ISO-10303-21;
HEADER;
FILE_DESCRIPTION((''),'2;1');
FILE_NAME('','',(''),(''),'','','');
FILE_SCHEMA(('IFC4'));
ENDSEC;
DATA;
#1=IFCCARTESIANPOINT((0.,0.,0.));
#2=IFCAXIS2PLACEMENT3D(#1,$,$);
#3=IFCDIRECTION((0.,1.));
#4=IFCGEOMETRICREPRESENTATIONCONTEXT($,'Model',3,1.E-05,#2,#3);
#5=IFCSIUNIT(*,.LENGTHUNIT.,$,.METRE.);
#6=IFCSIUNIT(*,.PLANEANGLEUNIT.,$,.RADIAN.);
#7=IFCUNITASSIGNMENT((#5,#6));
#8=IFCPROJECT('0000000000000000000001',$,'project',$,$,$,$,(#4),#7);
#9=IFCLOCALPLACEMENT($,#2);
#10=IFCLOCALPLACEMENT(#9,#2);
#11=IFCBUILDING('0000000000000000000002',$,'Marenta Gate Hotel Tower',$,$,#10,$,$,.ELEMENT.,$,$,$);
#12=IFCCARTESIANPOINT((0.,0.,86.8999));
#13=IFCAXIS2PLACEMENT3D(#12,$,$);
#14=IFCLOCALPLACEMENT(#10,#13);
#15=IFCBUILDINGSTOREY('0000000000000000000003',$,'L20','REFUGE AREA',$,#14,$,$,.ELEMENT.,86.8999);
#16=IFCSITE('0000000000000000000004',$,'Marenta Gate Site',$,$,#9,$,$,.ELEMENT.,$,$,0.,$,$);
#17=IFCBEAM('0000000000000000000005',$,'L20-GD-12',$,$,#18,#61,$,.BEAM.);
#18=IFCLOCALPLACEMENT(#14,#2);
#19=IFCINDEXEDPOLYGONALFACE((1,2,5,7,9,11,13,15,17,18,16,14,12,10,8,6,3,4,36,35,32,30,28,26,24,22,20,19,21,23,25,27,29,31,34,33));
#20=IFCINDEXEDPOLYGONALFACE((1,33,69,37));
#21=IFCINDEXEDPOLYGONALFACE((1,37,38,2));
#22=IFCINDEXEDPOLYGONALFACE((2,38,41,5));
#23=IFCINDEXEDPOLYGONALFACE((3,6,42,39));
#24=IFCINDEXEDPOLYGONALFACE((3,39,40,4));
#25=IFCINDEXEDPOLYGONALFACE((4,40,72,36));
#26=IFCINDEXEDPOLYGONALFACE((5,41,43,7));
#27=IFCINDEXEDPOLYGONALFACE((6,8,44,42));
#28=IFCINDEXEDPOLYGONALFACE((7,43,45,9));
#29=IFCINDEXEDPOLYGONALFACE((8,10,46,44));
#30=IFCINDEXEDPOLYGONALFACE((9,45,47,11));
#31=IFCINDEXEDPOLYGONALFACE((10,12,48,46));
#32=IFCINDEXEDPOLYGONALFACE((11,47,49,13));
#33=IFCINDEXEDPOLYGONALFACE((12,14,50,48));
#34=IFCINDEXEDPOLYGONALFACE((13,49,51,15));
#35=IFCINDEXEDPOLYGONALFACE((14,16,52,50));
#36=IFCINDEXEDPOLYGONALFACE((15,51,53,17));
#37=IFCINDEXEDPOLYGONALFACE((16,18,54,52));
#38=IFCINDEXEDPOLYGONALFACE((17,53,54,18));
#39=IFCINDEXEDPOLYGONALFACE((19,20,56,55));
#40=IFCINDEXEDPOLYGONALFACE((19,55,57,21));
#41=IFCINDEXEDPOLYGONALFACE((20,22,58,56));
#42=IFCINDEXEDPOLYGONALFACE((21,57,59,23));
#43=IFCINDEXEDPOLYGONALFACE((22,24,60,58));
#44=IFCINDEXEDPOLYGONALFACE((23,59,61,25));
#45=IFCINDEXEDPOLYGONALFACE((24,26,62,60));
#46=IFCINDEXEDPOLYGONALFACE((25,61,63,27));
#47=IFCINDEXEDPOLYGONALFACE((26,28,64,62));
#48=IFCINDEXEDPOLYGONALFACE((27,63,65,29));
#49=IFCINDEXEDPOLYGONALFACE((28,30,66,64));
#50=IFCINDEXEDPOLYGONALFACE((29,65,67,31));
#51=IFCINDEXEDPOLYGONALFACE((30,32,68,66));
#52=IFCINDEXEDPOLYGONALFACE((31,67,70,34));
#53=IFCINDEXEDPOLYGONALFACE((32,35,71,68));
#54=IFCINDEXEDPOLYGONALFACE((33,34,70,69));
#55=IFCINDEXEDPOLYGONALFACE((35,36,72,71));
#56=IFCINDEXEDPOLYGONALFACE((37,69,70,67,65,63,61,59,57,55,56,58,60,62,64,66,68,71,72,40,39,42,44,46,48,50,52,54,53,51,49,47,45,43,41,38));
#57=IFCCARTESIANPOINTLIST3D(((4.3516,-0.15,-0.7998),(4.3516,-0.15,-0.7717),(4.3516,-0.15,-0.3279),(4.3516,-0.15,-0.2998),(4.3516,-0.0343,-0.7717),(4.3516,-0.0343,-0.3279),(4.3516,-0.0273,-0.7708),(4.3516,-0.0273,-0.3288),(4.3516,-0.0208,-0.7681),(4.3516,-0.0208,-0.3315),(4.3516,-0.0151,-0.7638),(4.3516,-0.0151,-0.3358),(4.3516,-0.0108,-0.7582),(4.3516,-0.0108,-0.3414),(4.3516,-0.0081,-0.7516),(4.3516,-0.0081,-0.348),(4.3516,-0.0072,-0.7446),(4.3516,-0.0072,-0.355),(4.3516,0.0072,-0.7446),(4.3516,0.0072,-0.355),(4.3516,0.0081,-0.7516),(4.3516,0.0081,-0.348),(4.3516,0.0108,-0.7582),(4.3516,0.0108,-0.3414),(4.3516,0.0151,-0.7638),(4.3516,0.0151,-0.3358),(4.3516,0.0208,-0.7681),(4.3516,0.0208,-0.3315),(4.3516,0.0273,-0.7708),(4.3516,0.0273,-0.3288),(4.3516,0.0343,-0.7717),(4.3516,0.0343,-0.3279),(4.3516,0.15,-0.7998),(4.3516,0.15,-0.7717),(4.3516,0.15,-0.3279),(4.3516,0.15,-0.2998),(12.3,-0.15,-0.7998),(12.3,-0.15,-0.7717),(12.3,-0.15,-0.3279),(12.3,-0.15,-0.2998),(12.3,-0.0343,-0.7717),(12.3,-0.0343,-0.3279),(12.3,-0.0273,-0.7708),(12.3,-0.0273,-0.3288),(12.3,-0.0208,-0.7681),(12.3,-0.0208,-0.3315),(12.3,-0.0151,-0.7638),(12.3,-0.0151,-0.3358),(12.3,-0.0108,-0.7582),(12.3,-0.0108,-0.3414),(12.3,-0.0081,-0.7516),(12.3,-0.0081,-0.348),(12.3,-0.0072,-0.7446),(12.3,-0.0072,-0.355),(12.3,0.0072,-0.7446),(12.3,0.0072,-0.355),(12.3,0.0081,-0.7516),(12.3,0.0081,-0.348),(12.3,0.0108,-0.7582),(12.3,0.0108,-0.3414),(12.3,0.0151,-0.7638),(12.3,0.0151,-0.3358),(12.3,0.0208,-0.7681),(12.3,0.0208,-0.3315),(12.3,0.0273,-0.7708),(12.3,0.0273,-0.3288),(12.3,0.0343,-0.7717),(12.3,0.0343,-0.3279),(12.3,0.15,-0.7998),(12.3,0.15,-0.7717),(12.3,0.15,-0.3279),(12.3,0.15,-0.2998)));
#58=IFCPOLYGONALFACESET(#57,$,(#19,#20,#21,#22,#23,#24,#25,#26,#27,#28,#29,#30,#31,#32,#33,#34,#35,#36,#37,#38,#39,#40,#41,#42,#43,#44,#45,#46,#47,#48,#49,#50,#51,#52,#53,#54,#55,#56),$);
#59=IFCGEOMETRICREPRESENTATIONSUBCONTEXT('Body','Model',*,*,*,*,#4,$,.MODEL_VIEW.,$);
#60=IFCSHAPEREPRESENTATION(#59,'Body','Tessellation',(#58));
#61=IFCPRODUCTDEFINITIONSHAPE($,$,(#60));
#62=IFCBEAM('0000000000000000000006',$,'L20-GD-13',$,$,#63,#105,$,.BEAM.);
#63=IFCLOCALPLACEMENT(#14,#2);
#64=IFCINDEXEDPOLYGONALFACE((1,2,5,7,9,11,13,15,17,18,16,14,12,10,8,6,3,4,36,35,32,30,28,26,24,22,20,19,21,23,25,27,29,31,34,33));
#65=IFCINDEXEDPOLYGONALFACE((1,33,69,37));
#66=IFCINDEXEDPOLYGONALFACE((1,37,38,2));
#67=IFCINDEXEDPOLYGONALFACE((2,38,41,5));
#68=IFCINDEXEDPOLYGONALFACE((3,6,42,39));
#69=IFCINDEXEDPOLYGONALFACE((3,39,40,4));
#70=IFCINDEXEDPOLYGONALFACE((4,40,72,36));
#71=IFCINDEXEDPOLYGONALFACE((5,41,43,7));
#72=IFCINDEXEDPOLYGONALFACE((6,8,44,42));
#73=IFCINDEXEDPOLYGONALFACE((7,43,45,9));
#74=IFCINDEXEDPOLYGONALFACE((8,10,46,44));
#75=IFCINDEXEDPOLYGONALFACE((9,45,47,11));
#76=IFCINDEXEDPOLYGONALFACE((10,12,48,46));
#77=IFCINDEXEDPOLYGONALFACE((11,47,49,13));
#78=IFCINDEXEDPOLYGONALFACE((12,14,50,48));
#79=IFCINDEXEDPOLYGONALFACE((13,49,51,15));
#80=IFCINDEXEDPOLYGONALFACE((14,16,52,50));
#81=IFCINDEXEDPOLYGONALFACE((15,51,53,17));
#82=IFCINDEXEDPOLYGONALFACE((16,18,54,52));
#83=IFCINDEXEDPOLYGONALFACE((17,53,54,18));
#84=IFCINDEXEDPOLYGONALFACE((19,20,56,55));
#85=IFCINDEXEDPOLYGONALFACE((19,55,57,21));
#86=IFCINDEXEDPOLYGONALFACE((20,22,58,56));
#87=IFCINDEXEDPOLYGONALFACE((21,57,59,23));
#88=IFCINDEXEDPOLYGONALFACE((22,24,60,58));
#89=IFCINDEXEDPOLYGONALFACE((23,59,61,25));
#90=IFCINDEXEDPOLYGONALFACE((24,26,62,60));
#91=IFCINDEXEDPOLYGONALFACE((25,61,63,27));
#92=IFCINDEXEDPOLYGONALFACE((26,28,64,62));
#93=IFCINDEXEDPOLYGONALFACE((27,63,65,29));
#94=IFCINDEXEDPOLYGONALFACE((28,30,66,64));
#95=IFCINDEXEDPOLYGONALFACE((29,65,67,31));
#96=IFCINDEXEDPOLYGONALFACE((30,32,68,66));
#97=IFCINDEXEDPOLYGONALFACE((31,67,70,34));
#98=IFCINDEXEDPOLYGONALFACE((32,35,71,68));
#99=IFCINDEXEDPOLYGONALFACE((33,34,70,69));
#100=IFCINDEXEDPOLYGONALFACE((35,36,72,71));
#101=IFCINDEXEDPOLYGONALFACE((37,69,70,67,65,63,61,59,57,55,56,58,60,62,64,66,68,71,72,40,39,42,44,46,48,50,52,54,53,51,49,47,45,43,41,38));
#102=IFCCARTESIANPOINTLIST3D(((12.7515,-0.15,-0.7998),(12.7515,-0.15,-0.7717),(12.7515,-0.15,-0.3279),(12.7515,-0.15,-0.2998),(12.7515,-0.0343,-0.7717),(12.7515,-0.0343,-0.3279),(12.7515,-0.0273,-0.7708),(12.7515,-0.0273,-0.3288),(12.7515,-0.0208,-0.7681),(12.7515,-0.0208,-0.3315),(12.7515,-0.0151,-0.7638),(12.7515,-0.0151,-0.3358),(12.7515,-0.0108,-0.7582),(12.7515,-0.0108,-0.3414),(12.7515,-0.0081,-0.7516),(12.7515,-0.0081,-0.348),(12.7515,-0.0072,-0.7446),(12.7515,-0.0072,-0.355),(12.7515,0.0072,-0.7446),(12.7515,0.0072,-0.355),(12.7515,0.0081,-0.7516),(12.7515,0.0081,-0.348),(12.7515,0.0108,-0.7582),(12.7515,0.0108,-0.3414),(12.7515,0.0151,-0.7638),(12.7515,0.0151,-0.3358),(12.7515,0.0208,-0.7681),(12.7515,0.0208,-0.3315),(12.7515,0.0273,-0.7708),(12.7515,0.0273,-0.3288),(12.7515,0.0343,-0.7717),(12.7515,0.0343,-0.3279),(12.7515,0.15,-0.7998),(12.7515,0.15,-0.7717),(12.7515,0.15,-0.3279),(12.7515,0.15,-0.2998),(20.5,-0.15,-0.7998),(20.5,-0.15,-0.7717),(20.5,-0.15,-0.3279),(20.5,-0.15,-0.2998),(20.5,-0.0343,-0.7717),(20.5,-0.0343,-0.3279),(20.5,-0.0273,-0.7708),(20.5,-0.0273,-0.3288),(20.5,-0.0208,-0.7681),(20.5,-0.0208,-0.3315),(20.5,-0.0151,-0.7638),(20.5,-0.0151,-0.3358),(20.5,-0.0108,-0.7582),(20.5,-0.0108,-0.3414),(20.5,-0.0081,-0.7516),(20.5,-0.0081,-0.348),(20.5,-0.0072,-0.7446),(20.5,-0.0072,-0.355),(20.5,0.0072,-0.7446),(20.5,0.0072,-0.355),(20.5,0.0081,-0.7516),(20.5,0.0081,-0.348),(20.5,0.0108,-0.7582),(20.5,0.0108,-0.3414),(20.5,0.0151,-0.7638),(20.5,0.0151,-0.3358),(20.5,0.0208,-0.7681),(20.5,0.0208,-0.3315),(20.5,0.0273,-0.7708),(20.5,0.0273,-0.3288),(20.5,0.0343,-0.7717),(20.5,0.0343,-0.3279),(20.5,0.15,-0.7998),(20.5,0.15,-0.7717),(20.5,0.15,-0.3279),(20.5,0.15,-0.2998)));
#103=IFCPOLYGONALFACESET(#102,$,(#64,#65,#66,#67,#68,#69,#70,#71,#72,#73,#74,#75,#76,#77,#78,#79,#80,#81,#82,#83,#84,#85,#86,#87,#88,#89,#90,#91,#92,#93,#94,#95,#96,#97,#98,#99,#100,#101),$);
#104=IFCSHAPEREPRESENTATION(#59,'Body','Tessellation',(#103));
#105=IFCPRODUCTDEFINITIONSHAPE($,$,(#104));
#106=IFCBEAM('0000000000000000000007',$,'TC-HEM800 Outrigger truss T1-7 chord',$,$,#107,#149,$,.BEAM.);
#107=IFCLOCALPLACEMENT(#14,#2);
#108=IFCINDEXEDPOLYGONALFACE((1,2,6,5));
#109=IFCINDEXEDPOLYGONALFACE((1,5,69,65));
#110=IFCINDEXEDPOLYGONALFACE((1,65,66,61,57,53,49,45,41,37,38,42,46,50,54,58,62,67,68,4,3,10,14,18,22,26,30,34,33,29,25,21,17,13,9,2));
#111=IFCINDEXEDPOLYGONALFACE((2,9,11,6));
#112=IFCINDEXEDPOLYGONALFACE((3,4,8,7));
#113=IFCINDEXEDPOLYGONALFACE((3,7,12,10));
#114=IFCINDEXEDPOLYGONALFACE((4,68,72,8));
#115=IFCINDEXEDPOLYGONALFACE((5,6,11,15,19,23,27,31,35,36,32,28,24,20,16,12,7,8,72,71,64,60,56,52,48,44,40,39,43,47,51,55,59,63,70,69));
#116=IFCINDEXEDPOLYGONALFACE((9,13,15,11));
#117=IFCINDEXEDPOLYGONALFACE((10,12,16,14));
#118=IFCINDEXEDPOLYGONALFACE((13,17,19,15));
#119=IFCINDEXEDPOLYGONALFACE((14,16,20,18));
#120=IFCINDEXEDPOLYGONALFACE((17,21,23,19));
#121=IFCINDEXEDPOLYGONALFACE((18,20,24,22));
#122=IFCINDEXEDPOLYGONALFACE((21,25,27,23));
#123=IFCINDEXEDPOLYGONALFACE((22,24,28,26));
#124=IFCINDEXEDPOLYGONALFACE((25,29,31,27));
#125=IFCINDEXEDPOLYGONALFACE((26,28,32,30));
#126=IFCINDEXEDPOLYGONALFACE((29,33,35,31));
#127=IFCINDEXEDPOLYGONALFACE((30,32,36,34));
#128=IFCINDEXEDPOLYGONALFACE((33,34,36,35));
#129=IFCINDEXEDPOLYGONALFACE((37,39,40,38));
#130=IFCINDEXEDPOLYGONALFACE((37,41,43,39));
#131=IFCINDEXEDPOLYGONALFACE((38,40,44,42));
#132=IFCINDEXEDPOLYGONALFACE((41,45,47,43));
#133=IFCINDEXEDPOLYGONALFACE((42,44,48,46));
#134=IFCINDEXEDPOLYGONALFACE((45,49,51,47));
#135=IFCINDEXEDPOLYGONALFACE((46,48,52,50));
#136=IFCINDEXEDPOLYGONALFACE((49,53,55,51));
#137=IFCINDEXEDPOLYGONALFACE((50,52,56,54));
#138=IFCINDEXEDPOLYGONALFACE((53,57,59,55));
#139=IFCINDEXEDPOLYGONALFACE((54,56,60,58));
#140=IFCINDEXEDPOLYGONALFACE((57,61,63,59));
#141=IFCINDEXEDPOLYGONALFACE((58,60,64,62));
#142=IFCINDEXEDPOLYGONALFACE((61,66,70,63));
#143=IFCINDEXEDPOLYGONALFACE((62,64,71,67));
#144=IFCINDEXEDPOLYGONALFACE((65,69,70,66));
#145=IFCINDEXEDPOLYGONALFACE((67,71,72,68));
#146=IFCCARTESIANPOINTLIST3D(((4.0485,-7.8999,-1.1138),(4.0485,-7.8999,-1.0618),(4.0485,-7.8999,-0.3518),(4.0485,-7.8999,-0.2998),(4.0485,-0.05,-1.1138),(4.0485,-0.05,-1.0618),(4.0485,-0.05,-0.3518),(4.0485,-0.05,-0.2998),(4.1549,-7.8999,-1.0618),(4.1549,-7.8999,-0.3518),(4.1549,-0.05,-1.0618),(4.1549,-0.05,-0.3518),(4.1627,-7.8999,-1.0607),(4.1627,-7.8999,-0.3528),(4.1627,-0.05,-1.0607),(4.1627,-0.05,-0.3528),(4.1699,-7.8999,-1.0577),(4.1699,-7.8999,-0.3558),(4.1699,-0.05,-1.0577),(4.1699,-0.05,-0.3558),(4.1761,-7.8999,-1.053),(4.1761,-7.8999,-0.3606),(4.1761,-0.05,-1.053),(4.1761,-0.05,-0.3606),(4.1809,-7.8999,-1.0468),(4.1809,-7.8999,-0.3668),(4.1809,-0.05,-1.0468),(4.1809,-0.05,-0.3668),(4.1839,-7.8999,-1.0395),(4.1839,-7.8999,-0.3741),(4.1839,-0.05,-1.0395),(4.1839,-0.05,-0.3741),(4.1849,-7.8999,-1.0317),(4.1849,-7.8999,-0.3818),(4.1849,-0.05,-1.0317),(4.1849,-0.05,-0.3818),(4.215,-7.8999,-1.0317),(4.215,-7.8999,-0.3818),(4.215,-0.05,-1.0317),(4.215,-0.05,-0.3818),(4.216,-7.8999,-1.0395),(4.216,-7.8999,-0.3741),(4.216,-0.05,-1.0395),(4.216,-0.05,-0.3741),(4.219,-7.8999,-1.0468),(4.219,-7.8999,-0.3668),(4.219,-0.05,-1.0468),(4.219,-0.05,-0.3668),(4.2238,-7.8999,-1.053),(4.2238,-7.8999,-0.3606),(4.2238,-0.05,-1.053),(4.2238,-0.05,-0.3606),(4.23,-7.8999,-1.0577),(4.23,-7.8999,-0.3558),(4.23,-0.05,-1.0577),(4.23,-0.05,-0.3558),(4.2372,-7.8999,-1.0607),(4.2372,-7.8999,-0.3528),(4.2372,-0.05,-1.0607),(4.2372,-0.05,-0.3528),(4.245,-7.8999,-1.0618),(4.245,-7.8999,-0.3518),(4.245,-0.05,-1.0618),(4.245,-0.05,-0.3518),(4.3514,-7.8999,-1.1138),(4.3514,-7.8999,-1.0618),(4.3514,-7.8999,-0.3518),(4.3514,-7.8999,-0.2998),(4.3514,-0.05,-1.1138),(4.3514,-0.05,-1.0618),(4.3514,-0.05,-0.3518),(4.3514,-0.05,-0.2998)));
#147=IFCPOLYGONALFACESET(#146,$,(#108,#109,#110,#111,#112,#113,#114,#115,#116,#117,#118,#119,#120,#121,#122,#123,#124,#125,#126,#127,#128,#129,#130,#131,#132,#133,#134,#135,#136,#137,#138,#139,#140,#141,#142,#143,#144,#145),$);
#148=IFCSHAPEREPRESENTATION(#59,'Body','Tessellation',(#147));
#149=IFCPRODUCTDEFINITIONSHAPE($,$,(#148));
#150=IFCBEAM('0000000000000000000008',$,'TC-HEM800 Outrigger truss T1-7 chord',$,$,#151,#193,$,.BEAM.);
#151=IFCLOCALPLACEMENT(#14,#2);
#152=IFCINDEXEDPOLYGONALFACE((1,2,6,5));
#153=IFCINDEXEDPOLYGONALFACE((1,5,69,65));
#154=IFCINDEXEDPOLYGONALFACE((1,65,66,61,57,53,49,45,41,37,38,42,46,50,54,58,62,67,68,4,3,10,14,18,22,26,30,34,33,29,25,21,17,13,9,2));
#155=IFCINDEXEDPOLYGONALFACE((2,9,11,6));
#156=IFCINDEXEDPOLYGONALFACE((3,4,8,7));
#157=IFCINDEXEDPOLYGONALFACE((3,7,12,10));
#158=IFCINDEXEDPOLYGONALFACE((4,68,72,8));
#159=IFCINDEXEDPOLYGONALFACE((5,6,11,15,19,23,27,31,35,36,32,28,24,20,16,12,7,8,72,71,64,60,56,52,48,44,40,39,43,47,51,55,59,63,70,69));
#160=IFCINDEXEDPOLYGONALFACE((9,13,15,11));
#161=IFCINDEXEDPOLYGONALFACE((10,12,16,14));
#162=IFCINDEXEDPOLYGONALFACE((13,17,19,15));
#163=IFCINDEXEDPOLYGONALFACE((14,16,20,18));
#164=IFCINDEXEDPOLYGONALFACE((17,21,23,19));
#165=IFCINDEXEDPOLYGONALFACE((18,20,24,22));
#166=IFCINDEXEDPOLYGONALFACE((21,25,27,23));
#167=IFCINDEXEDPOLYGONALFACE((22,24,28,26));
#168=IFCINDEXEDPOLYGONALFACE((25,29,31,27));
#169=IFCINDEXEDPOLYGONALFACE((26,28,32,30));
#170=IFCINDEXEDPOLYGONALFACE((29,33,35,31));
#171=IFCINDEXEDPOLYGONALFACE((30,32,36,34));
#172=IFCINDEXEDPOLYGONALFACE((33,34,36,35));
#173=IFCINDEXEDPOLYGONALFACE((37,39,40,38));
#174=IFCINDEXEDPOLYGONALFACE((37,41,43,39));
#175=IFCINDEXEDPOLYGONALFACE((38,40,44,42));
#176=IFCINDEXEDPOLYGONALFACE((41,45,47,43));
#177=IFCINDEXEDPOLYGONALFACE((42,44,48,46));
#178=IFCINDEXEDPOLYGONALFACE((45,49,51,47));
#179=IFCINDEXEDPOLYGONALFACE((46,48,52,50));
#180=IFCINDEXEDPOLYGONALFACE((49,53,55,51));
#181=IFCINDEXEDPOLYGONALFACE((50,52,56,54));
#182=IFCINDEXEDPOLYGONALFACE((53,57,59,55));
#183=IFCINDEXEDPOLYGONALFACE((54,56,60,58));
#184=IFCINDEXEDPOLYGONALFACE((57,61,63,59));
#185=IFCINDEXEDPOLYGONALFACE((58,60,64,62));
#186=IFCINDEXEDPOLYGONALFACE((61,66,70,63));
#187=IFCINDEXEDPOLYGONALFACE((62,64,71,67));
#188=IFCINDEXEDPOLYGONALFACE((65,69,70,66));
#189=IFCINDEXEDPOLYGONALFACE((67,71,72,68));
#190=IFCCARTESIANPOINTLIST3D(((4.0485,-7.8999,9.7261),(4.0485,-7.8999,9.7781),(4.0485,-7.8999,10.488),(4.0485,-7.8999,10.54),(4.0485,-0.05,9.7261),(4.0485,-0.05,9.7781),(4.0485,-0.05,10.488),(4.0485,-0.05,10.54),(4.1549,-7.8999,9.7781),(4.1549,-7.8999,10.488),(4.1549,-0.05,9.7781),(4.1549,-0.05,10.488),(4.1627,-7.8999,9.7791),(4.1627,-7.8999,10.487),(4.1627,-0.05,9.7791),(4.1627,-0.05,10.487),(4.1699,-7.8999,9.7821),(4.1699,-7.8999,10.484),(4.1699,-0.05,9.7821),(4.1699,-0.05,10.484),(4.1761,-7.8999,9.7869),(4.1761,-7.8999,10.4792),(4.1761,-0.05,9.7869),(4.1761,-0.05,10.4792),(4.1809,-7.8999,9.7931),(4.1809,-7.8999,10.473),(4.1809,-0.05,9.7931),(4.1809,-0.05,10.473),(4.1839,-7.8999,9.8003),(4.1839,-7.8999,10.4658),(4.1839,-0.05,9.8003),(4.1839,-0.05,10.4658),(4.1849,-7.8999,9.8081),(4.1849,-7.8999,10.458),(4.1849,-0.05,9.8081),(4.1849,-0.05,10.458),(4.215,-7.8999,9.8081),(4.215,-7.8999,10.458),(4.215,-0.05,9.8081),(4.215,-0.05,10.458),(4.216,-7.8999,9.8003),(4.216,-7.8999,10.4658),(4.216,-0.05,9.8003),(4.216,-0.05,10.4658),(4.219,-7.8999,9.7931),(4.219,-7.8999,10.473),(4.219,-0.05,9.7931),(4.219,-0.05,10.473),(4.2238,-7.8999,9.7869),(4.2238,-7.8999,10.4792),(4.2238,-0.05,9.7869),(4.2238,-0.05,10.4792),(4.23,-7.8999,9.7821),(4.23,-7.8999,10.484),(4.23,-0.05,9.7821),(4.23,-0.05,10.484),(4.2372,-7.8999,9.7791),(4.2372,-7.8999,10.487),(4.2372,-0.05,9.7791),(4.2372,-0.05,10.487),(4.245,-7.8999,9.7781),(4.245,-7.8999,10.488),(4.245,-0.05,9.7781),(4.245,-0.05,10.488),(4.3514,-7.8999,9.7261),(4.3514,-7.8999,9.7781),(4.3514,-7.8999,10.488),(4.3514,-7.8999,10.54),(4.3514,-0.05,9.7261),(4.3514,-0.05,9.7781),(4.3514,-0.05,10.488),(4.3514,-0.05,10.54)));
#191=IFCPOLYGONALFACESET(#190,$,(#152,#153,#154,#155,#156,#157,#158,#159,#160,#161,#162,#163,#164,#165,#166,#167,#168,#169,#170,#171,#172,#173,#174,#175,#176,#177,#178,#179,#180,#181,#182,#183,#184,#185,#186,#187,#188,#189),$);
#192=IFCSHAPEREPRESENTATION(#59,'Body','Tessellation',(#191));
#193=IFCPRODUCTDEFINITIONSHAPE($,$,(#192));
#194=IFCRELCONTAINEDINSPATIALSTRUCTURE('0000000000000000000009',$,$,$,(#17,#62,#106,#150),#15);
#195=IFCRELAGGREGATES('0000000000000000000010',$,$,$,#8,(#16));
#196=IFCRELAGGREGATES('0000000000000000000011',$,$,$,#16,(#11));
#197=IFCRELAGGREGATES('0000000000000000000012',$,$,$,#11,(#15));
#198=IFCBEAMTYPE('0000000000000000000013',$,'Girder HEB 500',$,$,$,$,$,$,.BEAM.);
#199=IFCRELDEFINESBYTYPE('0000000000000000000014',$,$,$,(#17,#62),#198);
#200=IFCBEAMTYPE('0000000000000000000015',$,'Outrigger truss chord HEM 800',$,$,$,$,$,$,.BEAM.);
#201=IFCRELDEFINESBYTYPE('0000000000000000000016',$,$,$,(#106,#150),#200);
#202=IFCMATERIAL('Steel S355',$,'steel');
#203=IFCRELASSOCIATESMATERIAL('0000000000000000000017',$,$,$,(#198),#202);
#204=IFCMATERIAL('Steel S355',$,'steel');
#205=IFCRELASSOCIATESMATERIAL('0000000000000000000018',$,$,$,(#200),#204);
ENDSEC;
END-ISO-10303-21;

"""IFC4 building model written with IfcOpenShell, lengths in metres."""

from ifc_helpers import new_model, si_unit, direction, frame, origin, origin_2d, place, context, subcontext, project, spatial, i_section, extrude, material, material_profile, profile_set, type_object, element, save


model = new_model("IFC4")

# Units and contexts
model_context = context("Model", 3, precision=1e-05, world=origin(), true_north=direction((0.0, 1.0)))
body_context = subcontext(model_context, "Body", "Model", "MODEL_VIEW")
ifc_project = project(units=[si_unit("LENGTHUNIT", "METRE"), si_unit("PLANEANGLEUNIT", "RADIAN")], contexts=[model_context])

# Site, building, storey
site_placement = place(None, origin())
site = spatial("IfcSite", under=ifc_project, at=site_placement, Name="Marenta Gate Site", CompositionType="ELEMENT", RefElevation=0.0)
building_placement = place(site_placement, origin())
building = spatial("IfcBuilding", under=site, at=building_placement, Name="Marenta Gate Hotel Tower", CompositionType="ELEMENT")
storey_placement = place(building_placement, frame((0.0, 0.0, 86.8999)))
storey = spatial("IfcBuildingStorey", under=building, at=storey_placement, Name="L20", Description="REFUGE AREA", CompositionType="ELEMENT", Elevation=86.8999)

# Beams
ifc_material_1 = material(Name="Steel S355", Category="steel")
ifc_material_profile_1 = material_profile(ifc_material_1, i_section(OverallWidth=0.3, OverallDepth=0.5, WebThickness=0.0144, FlangeThickness=0.0281, FilletRadius=0.0271, at=origin_2d()), Name="HEB 500")
ifc_profile_set_1 = profile_set([ifc_material_profile_1], Name="Steel S355")
beam_type_1 = type_object("IfcBeamType", Name="Girder HEB 500", PredefinedType="BEAM", material=ifc_profile_set_1)
beam_1_placement = place(storey_placement, frame((4.3516, 0.0, -0.5498), z_axis=(1.0, 0.0, 0.0), x_axis=(0.0, 1.0, 0.0)))
element("IfcBeam", 1, at=beam_1_placement, inside=storey, type_object=beam_type_1, Name="L20-GD-12", PredefinedType="BEAM", context=body_context, shape_type="SweptSolid", body=[
    extrude(i_section(OverallWidth=0.3, OverallDepth=0.5, WebThickness=0.0144, FlangeThickness=0.0281, FilletRadius=0.0271, at=origin_2d()), origin(), (0.0, 0.0, 1.0), 7.9485),
])
beam_2_placement = place(storey_placement, frame((12.7515, 0.0, -0.5498), z_axis=(1.0, 0.0, 0.0), x_axis=(0.0, 1.0, 0.0)))
element("IfcBeam", 2, at=beam_2_placement, inside=storey, type_object=beam_type_1, Name="L20-GD-13", PredefinedType="BEAM", context=body_context, shape_type="SweptSolid", body=[
    extrude(i_section(OverallWidth=0.3, OverallDepth=0.5, WebThickness=0.0144, FlangeThickness=0.0281, FilletRadius=0.0271, at=origin_2d()), origin(), (0.0, 0.0, 1.0), 7.7485),
])
ifc_material_2 = material(Name="Steel S355", Category="steel")
ifc_material_profile_2 = material_profile(ifc_material_2, i_section(OverallWidth=0.303, OverallDepth=0.814, WebThickness=0.03, FlangeThickness=0.052, FilletRadius=0.03, at=origin_2d()), Name="HEM 800")
ifc_profile_set_2 = profile_set([ifc_material_profile_2], Name="Steel S355")
beam_type_2 = type_object("IfcBeamType", Name="Outrigger truss chord HEM 800", PredefinedType="BEAM", material=ifc_profile_set_2)
for number, where, z_axis, x_axis, name in (
    (3, (4.2, -0.05, -0.7068), (0.0, -1.0, 0.0), (1.0, 0.0, 0.0), "TC-HEM800 Outrigger truss T1-7 chord"),
    (4, (4.2, -0.05, 10.1331), (0.0, -1.0, 0.0), (1.0, 0.0, 0.0), "TC-HEM800 Outrigger truss T1-7 chord"),
):
    element("IfcBeam", number, at=place(storey_placement, frame(where, z_axis=z_axis, x_axis=x_axis)), inside=storey, type_object=beam_type_2, Name=name, PredefinedType="BEAM", context=body_context, shape_type="SweptSolid", body=[
        extrude(i_section(OverallWidth=0.303, OverallDepth=0.814, WebThickness=0.03, FlangeThickness=0.052, FilletRadius=0.03, at=origin_2d()), origin(), (0.0, 0.0, 1.0), 7.8499),
    ])

save(model, "model.ifc")
